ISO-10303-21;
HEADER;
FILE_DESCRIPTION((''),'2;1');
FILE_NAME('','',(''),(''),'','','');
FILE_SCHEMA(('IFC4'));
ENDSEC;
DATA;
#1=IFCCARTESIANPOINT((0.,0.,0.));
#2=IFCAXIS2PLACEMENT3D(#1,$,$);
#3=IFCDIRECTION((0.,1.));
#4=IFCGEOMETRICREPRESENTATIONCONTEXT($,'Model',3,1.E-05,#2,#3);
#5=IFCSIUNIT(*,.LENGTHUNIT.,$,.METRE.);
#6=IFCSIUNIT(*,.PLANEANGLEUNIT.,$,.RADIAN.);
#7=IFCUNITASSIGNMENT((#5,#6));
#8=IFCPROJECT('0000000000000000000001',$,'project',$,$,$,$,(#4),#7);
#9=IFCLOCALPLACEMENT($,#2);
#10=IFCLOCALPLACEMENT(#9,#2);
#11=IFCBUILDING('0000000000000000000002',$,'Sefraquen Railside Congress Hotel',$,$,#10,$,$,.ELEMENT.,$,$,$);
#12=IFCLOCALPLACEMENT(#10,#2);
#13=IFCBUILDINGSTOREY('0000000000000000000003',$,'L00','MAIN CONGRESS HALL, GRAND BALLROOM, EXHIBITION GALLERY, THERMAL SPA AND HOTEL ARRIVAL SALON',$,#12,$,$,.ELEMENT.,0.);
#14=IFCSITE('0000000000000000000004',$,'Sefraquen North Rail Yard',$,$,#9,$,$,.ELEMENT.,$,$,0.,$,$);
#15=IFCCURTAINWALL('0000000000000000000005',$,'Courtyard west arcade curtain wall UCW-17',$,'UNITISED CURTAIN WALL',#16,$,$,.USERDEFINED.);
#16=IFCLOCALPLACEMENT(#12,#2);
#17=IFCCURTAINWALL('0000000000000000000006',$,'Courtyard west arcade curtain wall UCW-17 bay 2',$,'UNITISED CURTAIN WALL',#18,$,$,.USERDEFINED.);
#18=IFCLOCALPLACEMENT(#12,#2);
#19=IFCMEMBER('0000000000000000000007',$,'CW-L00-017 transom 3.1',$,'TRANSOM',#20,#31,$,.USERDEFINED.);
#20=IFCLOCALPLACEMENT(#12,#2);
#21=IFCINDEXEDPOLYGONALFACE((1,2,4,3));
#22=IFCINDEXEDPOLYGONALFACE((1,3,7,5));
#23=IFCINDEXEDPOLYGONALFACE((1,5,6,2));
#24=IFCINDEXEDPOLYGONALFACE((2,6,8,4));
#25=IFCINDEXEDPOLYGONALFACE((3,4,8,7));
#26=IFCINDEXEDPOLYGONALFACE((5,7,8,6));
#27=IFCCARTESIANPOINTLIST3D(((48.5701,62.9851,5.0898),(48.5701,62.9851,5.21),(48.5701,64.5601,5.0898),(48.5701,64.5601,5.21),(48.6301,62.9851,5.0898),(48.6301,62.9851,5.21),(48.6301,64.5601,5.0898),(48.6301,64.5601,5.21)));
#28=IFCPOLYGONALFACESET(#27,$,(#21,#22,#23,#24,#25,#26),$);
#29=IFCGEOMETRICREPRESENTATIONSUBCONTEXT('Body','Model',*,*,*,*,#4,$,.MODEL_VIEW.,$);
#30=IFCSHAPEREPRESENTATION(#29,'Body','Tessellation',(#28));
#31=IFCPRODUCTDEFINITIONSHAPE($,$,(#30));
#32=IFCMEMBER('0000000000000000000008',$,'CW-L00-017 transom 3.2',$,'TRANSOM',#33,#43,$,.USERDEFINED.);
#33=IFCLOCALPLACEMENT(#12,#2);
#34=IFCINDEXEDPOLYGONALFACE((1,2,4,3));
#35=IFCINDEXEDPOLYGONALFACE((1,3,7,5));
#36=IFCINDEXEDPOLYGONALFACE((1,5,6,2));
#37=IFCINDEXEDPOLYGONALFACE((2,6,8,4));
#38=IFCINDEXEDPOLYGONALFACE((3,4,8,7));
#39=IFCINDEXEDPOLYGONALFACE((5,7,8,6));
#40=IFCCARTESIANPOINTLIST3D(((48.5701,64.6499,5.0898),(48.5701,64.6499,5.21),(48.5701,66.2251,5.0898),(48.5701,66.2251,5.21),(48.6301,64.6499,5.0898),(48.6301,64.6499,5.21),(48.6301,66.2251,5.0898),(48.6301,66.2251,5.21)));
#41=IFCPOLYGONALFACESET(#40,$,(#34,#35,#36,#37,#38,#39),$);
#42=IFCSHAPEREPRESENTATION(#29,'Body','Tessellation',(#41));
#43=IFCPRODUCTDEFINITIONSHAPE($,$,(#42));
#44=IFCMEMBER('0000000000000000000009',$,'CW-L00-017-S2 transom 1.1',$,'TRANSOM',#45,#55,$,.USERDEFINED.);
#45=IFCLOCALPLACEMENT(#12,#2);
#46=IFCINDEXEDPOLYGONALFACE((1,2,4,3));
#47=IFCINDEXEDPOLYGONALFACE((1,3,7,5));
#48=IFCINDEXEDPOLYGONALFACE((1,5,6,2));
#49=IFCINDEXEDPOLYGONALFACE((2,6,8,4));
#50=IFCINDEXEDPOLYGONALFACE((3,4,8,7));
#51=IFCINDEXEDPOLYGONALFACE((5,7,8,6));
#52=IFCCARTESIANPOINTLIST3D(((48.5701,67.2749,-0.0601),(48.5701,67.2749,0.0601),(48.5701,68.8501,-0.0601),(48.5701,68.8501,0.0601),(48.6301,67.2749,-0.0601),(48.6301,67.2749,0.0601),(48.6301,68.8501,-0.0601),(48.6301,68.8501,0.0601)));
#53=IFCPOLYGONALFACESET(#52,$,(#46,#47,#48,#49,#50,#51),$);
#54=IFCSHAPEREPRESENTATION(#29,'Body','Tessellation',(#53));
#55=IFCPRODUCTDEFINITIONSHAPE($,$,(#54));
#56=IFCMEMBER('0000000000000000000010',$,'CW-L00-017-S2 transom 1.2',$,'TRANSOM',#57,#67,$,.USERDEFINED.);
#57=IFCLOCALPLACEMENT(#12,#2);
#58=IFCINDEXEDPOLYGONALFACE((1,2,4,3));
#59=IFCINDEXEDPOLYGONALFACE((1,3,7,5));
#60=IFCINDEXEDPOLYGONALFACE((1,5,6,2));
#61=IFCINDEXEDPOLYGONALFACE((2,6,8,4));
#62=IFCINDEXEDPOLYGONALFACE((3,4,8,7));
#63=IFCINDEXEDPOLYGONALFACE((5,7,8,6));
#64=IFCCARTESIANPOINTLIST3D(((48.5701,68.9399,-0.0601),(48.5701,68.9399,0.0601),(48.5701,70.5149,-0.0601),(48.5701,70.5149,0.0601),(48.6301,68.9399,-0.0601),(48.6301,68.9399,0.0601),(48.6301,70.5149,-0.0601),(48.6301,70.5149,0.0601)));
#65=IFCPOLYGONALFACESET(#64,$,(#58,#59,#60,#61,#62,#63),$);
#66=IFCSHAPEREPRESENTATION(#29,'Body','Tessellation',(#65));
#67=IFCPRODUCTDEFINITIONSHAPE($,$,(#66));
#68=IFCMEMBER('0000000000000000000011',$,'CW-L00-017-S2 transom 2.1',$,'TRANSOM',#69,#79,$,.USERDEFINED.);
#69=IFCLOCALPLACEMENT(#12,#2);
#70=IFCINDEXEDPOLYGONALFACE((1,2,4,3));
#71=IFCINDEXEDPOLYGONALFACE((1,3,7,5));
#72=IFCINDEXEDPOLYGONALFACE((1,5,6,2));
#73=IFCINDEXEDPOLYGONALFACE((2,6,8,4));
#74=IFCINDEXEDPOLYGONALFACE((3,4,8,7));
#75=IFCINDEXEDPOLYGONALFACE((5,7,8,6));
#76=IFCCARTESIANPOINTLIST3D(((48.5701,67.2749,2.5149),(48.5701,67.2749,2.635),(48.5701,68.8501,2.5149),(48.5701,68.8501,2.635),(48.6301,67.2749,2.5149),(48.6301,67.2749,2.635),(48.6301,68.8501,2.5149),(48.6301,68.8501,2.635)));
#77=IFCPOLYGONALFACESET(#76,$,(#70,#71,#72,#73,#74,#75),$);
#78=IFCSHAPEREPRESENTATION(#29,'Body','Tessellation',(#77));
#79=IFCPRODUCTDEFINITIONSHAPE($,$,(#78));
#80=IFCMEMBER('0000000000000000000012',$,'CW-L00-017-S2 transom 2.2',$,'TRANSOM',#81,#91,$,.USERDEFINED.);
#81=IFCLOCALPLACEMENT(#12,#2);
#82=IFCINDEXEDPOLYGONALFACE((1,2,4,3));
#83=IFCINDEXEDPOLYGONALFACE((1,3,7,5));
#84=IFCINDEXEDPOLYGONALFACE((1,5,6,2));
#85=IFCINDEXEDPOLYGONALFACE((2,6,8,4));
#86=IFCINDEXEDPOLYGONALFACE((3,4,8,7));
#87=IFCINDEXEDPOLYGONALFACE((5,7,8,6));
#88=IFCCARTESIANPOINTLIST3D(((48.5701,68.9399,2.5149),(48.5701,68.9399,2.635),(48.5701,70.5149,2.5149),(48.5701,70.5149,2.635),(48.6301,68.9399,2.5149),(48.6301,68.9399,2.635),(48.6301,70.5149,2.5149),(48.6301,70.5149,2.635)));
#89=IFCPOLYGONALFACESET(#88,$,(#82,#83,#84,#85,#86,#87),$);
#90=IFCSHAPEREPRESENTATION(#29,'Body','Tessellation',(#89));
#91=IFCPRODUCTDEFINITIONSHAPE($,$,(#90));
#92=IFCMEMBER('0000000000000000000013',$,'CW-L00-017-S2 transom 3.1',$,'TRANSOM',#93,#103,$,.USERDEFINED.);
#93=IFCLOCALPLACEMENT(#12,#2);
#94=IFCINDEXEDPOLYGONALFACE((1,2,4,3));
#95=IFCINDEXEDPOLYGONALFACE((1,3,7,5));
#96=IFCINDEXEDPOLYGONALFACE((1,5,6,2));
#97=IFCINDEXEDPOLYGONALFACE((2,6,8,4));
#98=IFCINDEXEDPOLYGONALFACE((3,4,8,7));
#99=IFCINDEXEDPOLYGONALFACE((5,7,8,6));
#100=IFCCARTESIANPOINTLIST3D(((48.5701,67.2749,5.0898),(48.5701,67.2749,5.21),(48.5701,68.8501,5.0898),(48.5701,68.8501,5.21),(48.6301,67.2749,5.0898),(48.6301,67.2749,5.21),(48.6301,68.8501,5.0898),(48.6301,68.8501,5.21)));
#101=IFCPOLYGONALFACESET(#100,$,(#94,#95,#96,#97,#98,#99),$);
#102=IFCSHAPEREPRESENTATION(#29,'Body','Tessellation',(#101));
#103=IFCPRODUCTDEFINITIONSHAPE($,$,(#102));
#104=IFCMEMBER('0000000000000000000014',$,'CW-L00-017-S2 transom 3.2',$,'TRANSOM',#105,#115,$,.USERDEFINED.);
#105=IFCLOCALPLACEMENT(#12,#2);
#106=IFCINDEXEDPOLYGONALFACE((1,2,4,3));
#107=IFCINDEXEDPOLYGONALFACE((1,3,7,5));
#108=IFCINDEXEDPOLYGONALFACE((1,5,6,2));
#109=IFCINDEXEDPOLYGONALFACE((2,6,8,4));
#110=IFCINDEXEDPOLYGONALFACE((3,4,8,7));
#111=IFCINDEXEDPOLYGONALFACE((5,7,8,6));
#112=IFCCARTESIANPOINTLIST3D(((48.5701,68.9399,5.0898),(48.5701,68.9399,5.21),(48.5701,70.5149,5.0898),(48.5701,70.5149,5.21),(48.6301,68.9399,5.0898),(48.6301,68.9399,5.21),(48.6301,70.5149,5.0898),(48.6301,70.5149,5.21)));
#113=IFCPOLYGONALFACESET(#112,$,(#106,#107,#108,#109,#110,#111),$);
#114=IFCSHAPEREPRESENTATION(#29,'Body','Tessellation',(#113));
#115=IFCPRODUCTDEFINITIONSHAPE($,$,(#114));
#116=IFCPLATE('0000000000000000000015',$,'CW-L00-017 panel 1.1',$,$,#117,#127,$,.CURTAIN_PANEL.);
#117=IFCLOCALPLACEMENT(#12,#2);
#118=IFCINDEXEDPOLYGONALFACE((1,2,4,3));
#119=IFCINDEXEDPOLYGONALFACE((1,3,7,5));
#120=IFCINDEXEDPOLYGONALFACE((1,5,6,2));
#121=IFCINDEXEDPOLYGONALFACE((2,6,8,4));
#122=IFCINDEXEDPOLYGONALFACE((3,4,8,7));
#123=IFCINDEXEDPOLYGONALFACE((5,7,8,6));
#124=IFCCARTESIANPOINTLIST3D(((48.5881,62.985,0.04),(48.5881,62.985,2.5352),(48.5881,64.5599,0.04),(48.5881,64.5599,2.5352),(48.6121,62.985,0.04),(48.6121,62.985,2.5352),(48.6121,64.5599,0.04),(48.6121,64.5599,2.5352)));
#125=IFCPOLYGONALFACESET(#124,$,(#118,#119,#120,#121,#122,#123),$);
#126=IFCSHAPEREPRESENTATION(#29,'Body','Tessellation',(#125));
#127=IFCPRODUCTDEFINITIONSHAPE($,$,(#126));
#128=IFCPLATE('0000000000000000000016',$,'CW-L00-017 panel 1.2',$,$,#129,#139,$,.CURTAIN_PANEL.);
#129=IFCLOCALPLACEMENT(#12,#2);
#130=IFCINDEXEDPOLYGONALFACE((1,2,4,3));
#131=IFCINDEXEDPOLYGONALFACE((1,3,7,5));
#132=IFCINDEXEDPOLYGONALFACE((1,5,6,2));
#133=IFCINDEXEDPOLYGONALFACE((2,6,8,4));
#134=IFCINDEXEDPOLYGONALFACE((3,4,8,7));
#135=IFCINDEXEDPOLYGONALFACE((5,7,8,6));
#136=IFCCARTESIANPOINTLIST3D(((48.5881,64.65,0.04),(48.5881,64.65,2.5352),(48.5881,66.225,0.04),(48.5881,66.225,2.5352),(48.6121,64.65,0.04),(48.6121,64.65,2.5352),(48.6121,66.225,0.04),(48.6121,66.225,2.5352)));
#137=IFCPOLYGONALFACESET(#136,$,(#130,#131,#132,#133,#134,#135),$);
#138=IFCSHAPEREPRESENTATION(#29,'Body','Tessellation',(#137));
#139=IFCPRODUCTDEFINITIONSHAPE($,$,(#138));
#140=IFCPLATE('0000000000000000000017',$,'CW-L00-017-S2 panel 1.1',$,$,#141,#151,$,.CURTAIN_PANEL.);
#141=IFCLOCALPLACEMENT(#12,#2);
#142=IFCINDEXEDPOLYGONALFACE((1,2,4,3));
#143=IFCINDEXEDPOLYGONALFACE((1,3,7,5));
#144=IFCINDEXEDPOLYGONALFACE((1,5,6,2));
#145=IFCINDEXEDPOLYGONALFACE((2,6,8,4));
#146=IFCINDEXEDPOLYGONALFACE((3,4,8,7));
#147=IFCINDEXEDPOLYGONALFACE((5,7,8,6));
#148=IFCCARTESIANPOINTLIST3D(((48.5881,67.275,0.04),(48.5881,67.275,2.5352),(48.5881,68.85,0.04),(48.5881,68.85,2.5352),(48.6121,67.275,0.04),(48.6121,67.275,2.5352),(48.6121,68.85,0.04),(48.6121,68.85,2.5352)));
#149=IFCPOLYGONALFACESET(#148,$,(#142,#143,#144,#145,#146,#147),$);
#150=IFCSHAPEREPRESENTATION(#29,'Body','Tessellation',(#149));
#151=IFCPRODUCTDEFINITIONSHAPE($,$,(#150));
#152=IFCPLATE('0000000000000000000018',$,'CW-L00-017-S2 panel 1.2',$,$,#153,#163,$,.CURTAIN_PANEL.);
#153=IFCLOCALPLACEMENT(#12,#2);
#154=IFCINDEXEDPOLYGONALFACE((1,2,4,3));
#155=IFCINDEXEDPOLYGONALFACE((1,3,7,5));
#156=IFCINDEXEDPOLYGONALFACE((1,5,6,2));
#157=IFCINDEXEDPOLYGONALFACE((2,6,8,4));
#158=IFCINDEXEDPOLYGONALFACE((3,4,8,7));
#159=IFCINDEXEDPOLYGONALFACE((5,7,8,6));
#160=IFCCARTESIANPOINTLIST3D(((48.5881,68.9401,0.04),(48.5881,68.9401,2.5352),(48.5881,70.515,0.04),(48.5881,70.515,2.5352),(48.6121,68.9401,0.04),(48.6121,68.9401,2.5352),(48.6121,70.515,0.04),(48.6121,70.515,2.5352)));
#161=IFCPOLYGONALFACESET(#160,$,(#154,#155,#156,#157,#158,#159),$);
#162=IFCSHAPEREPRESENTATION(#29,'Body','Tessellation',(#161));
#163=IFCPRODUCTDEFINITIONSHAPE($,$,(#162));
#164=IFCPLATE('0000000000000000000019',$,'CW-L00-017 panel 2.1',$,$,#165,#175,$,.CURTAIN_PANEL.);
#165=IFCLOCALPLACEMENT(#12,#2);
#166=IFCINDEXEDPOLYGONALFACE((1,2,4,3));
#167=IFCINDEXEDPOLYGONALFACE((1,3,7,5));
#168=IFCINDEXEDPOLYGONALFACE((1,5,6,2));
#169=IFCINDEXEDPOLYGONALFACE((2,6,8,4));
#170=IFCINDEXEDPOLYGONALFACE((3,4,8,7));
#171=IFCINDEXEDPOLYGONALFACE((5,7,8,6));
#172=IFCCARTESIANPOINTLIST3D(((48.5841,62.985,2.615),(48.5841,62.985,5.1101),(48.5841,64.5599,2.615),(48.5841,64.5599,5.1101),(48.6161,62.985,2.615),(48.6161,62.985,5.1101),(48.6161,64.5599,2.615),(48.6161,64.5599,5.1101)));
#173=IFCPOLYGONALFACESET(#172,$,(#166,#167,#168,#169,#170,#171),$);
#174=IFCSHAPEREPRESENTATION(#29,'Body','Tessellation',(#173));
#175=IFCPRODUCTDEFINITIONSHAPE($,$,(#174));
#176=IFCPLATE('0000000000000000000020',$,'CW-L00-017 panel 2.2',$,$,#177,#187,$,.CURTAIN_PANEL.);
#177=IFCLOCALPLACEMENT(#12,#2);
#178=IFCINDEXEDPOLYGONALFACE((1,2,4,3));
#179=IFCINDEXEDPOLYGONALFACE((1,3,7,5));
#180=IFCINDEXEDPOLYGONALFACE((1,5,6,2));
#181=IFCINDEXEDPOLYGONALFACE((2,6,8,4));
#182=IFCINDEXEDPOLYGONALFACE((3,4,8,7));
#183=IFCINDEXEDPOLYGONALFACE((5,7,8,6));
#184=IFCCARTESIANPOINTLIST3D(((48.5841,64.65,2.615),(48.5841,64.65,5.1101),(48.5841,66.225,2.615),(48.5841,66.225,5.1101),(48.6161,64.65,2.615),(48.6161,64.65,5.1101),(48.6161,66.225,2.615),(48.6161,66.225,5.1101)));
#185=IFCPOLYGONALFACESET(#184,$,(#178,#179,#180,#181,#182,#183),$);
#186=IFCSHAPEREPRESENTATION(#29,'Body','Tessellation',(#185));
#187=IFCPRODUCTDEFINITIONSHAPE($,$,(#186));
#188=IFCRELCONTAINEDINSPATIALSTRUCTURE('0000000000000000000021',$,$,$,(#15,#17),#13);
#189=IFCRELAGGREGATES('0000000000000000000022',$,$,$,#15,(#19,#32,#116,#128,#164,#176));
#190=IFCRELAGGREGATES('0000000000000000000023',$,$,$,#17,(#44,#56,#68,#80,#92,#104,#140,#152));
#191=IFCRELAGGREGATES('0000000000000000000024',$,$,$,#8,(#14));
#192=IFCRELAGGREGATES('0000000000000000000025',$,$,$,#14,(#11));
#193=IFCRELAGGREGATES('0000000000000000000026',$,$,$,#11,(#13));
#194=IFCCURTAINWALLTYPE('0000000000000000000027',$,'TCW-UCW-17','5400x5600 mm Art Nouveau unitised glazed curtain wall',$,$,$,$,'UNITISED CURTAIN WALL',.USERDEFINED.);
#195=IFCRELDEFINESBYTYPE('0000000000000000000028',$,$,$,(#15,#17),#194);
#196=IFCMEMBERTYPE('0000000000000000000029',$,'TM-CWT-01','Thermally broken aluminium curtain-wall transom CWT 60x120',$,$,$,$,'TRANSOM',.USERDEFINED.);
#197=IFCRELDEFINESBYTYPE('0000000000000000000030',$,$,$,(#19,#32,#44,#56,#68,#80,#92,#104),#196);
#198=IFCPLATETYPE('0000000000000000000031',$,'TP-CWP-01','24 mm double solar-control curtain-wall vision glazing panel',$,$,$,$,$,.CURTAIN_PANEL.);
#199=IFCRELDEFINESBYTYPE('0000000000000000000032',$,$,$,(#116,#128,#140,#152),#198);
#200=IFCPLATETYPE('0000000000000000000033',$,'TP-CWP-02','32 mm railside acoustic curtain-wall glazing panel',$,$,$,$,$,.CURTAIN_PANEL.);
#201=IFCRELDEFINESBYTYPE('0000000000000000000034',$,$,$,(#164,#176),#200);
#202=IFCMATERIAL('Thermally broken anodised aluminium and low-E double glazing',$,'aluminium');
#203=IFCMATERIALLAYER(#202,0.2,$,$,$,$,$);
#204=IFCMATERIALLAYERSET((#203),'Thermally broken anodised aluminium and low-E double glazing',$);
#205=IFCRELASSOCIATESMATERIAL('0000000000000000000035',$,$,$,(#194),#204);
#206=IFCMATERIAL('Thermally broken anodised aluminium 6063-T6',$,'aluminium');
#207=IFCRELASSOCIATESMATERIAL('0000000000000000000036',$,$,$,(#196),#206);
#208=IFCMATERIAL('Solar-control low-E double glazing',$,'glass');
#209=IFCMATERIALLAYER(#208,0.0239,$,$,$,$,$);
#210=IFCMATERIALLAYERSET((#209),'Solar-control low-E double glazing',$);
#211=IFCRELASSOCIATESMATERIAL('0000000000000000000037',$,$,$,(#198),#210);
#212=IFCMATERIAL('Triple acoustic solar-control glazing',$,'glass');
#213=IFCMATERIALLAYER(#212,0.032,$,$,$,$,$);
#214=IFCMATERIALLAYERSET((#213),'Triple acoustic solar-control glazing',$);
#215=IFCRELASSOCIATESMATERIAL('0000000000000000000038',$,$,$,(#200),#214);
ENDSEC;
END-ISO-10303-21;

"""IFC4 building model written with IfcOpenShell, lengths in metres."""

from ifc_helpers import new_model, si_unit, direction, frame, origin, origin_2d, place, context, subcontext, project, spatial, rectangle, extrude, material, layer, layer_set, material_profile, profile_set, type_object, element, aggregate, save


model = new_model("IFC4")

# Units and contexts
model_context = context("Model", 3, precision=1e-05, world=origin(), true_north=direction((0.0, 1.0)))
body_context = subcontext(model_context, "Body", "Model", "MODEL_VIEW")
ifc_project = project(units=[si_unit("LENGTHUNIT", "METRE"), si_unit("PLANEANGLEUNIT", "RADIAN")], contexts=[model_context])

# Site, building, storey
site_placement = place(None, origin())
site = spatial("IfcSite", under=ifc_project, at=site_placement, Name="Sefraquen North Rail Yard", CompositionType="ELEMENT", RefElevation=0.0)
building_placement = place(site_placement, origin())
building = spatial("IfcBuilding", under=site, at=building_placement, Name="Sefraquen Railside Congress Hotel", CompositionType="ELEMENT")
storey_placement = place(building_placement, origin())
storey = spatial("IfcBuildingStorey", under=building, at=storey_placement, Name="L00", Description="MAIN CONGRESS HALL, GRAND BALLROOM, EXHIBITION GALLERY, THERMAL SPA AND HOTEL ARRIVAL SALON", CompositionType="ELEMENT", Elevation=0.0)

# Curtain walls
ifc_material_1 = material(Name="Thermally broken anodised aluminium and low-E double glazing", Category="aluminium")
ifc_layer_1 = layer(ifc_material_1, 0.2)
ifc_layer_set_1 = layer_set([ifc_layer_1], Name="Thermally broken anodised aluminium and low-E double glazing")
curtain_wall_type = type_object("IfcCurtainWallType", Name="TCW-UCW-17", Description="5400x5600 mm Art Nouveau unitised glazed curtain wall", ElementType="UNITISED CURTAIN WALL", PredefinedType="USERDEFINED", material=ifc_layer_set_1)
curtain_wall_1_placement = place(storey_placement, origin())
curtain_wall_1 = element("IfcCurtainWall", 1, at=curtain_wall_1_placement, inside=storey, type_object=curtain_wall_type, Name="Courtyard west arcade curtain wall UCW-17", ObjectType="UNITISED CURTAIN WALL", PredefinedType="USERDEFINED")
ifc_material_2 = material(Name="Thermally broken anodised aluminium 6063-T6", Category="aluminium")
curtain_wall_2_placement = place(storey_placement, origin())
curtain_wall_2 = element("IfcCurtainWall", 2, at=curtain_wall_2_placement, inside=storey, type_object=curtain_wall_type, Name="Courtyard west arcade curtain wall UCW-17 bay 2", ObjectType="UNITISED CURTAIN WALL", PredefinedType="USERDEFINED")

# Members
ifc_material_profile_1 = material_profile(ifc_material_2, rectangle(XDim=0.0601, YDim=0.1201, at=origin_2d()), Name="CWT 60x120")
ifc_profile_set_1 = profile_set([ifc_material_profile_1], Name="Thermally broken anodised aluminium 6063-T6")
member_type_1 = type_object("IfcMemberType", Name="TM-CWT-01", Description="Thermally broken aluminium curtain-wall transom CWT 60x120", ElementType="TRANSOM", PredefinedType="USERDEFINED", material=ifc_profile_set_1)
member_1_placement = place(storey_placement, frame((48.6001, 62.9851, 5.1499), z_axis=(0.0, 1.0, 0.0), x_axis=(-1.0, 0.0, 0.0)))
member_1 = element("IfcMember", 3, at=member_1_placement, type_object=member_type_1, Name="CW-L00-017 transom 3.1", ObjectType="TRANSOM", PredefinedType="USERDEFINED", context=body_context, shape_type="SweptSolid", body=[
    extrude(rectangle(XDim=0.0601, YDim=0.1201, at=origin_2d()), origin(), (0.0, 0.0, 1.0), 1.575),
])
member_2_placement = place(storey_placement, frame((48.6001, 64.6499, 5.1499), z_axis=(0.0, 1.0, 0.0), x_axis=(-1.0, 0.0, 0.0)))
member_2 = element("IfcMember", 4, at=member_2_placement, type_object=member_type_1, Name="CW-L00-017 transom 3.2", ObjectType="TRANSOM", PredefinedType="USERDEFINED", context=body_context, shape_type="SweptSolid", body=[
    extrude(rectangle(XDim=0.0601, YDim=0.1201, at=origin_2d()), origin(), (0.0, 0.0, 1.0), 1.5752),
])
member_3_placement = place(storey_placement, frame((48.6001, 67.2749, 0.0), z_axis=(0.0, 1.0, 0.0), x_axis=(-1.0, 0.0, 0.0)))
member_3 = element("IfcMember", 5, at=member_3_placement, type_object=member_type_1, Name="CW-L00-017-S2 transom 1.1", ObjectType="TRANSOM", PredefinedType="USERDEFINED", context=body_context, shape_type="SweptSolid", body=[
    extrude(rectangle(XDim=0.0601, YDim=0.1201, at=origin_2d()), origin(), (0.0, 0.0, 1.0), 1.5752),
])
member_4_placement = place(storey_placement, frame((48.6001, 68.9399, 0.0), z_axis=(0.0, 1.0, 0.0), x_axis=(-1.0, 0.0, 0.0)))
member_4 = element("IfcMember", 6, at=member_4_placement, type_object=member_type_1, Name="CW-L00-017-S2 transom 1.2", ObjectType="TRANSOM", PredefinedType="USERDEFINED", context=body_context, shape_type="SweptSolid", body=[
    extrude(rectangle(XDim=0.0601, YDim=0.1201, at=origin_2d()), origin(), (0.0, 0.0, 1.0), 1.575),
])
member_5_placement = place(storey_placement, frame((48.6001, 67.2749, 2.575), z_axis=(0.0, 1.0, 0.0), x_axis=(-1.0, 0.0, 0.0)))
member_5 = element("IfcMember", 7, at=member_5_placement, type_object=member_type_1, Name="CW-L00-017-S2 transom 2.1", ObjectType="TRANSOM", PredefinedType="USERDEFINED", context=body_context, shape_type="SweptSolid", body=[
    extrude(rectangle(XDim=0.0601, YDim=0.1201, at=origin_2d()), origin(), (0.0, 0.0, 1.0), 1.5752),
])
member_6_placement = place(storey_placement, frame((48.6001, 68.9399, 2.575), z_axis=(0.0, 1.0, 0.0), x_axis=(-1.0, 0.0, 0.0)))
member_6 = element("IfcMember", 8, at=member_6_placement, type_object=member_type_1, Name="CW-L00-017-S2 transom 2.2", ObjectType="TRANSOM", PredefinedType="USERDEFINED", context=body_context, shape_type="SweptSolid", body=[
    extrude(rectangle(XDim=0.0601, YDim=0.1201, at=origin_2d()), origin(), (0.0, 0.0, 1.0), 1.575),
])
member_7_placement = place(storey_placement, frame((48.6001, 67.2749, 5.1499), z_axis=(0.0, 1.0, 0.0), x_axis=(-1.0, 0.0, 0.0)))
member_7 = element("IfcMember", 9, at=member_7_placement, type_object=member_type_1, Name="CW-L00-017-S2 transom 3.1", ObjectType="TRANSOM", PredefinedType="USERDEFINED", context=body_context, shape_type="SweptSolid", body=[
    extrude(rectangle(XDim=0.0601, YDim=0.1201, at=origin_2d()), origin(), (0.0, 0.0, 1.0), 1.5752),
])
member_8_placement = place(storey_placement, frame((48.6001, 68.9399, 5.1499), z_axis=(0.0, 1.0, 0.0), x_axis=(-1.0, 0.0, 0.0)))
member_8 = element("IfcMember", 10, at=member_8_placement, type_object=member_type_1, Name="CW-L00-017-S2 transom 3.2", ObjectType="TRANSOM", PredefinedType="USERDEFINED", context=body_context, shape_type="SweptSolid", body=[
    extrude(rectangle(XDim=0.0601, YDim=0.1201, at=origin_2d()), origin(), (0.0, 0.0, 1.0), 1.575),
])

# Plates
ifc_material_3 = material(Name="Solar-control low-E double glazing", Category="glass")
ifc_layer_2 = layer(ifc_material_3, 0.0239)
ifc_layer_set_2 = layer_set([ifc_layer_2], Name="Solar-control low-E double glazing")
plate_type_1 = type_object("IfcPlateType", Name="TP-CWP-01", Description="24 mm double solar-control curtain-wall vision glazing panel", PredefinedType="CURTAIN_PANEL", material=ifc_layer_set_2)
plate_1_placement = place(storey_placement, frame((48.6001, 63.7725, 0.04), z_axis=(0.0, 0.0, 1.0), x_axis=(0.0, 1.0, 0.0)))
plate_1 = element("IfcPlate", 11, at=plate_1_placement, type_object=plate_type_1, Name="CW-L00-017 panel 1.1", PredefinedType="CURTAIN_PANEL", context=body_context, shape_type="SweptSolid", body=[
    extrude(rectangle(XDim=1.575, YDim=0.0239, at=origin_2d()), origin(), (0.0, 0.0, 1.0), 2.4951),
])
plate_2_placement = place(storey_placement, frame((48.6001, 65.4375, 0.04), z_axis=(0.0, 0.0, 1.0), x_axis=(0.0, 1.0, 0.0)))
plate_2 = element("IfcPlate", 12, at=plate_2_placement, type_object=plate_type_1, Name="CW-L00-017 panel 1.2", PredefinedType="CURTAIN_PANEL", context=body_context, shape_type="SweptSolid", body=[
    extrude(rectangle(XDim=1.575, YDim=0.0239, at=origin_2d()), origin(), (0.0, 0.0, 1.0), 2.4951),
])
plate_3_placement = place(storey_placement, frame((48.6001, 68.0625, 0.04), z_axis=(0.0, 0.0, 1.0), x_axis=(0.0, 1.0, 0.0)))
plate_3 = element("IfcPlate", 13, at=plate_3_placement, type_object=plate_type_1, Name="CW-L00-017-S2 panel 1.1", PredefinedType="CURTAIN_PANEL", context=body_context, shape_type="SweptSolid", body=[
    extrude(rectangle(XDim=1.575, YDim=0.0239, at=origin_2d()), origin(), (0.0, 0.0, 1.0), 2.4951),
])
plate_4_placement = place(storey_placement, frame((48.6001, 69.7275, 0.04), z_axis=(0.0, 0.0, 1.0), x_axis=(0.0, 1.0, 0.0)))
plate_4 = element("IfcPlate", 14, at=plate_4_placement, type_object=plate_type_1, Name="CW-L00-017-S2 panel 1.2", PredefinedType="CURTAIN_PANEL", context=body_context, shape_type="SweptSolid", body=[
    extrude(rectangle(XDim=1.575, YDim=0.0239, at=origin_2d()), origin(), (0.0, 0.0, 1.0), 2.4951),
])
ifc_material_4 = material(Name="Triple acoustic solar-control glazing", Category="glass")
ifc_layer_3 = layer(ifc_material_4, 0.032)
ifc_layer_set_3 = layer_set([ifc_layer_3], Name="Triple acoustic solar-control glazing")
plate_type_2 = type_object("IfcPlateType", Name="TP-CWP-02", Description="32 mm railside acoustic curtain-wall glazing panel", PredefinedType="CURTAIN_PANEL", material=ifc_layer_set_3)
plate_5_placement = place(storey_placement, frame((48.6001, 63.7725, 2.615), z_axis=(0.0, 0.0, 1.0), x_axis=(0.0, 1.0, 0.0)))
plate_5 = element("IfcPlate", 15, at=plate_5_placement, type_object=plate_type_2, Name="CW-L00-017 panel 2.1", PredefinedType="CURTAIN_PANEL", context=body_context, shape_type="SweptSolid", body=[
    extrude(rectangle(XDim=1.575, YDim=0.032, at=origin_2d()), origin(), (0.0, 0.0, 1.0), 2.4951),
])
plate_6_placement = place(storey_placement, frame((48.6001, 65.4375, 2.615), z_axis=(0.0, 0.0, 1.0), x_axis=(0.0, 1.0, 0.0)))
plate_6 = element("IfcPlate", 16, at=plate_6_placement, type_object=plate_type_2, Name="CW-L00-017 panel 2.2", PredefinedType="CURTAIN_PANEL", context=body_context, shape_type="SweptSolid", body=[
    extrude(rectangle(XDim=1.575, YDim=0.032, at=origin_2d()), origin(), (0.0, 0.0, 1.0), 2.4951),
])
aggregate(curtain_wall_1, [member_1, member_2, plate_1, plate_2, plate_5, plate_6])
aggregate(curtain_wall_2, [member_3, member_4, member_5, member_6, member_7, member_8, plate_3, plate_4])

save(model, "model.ifc")
